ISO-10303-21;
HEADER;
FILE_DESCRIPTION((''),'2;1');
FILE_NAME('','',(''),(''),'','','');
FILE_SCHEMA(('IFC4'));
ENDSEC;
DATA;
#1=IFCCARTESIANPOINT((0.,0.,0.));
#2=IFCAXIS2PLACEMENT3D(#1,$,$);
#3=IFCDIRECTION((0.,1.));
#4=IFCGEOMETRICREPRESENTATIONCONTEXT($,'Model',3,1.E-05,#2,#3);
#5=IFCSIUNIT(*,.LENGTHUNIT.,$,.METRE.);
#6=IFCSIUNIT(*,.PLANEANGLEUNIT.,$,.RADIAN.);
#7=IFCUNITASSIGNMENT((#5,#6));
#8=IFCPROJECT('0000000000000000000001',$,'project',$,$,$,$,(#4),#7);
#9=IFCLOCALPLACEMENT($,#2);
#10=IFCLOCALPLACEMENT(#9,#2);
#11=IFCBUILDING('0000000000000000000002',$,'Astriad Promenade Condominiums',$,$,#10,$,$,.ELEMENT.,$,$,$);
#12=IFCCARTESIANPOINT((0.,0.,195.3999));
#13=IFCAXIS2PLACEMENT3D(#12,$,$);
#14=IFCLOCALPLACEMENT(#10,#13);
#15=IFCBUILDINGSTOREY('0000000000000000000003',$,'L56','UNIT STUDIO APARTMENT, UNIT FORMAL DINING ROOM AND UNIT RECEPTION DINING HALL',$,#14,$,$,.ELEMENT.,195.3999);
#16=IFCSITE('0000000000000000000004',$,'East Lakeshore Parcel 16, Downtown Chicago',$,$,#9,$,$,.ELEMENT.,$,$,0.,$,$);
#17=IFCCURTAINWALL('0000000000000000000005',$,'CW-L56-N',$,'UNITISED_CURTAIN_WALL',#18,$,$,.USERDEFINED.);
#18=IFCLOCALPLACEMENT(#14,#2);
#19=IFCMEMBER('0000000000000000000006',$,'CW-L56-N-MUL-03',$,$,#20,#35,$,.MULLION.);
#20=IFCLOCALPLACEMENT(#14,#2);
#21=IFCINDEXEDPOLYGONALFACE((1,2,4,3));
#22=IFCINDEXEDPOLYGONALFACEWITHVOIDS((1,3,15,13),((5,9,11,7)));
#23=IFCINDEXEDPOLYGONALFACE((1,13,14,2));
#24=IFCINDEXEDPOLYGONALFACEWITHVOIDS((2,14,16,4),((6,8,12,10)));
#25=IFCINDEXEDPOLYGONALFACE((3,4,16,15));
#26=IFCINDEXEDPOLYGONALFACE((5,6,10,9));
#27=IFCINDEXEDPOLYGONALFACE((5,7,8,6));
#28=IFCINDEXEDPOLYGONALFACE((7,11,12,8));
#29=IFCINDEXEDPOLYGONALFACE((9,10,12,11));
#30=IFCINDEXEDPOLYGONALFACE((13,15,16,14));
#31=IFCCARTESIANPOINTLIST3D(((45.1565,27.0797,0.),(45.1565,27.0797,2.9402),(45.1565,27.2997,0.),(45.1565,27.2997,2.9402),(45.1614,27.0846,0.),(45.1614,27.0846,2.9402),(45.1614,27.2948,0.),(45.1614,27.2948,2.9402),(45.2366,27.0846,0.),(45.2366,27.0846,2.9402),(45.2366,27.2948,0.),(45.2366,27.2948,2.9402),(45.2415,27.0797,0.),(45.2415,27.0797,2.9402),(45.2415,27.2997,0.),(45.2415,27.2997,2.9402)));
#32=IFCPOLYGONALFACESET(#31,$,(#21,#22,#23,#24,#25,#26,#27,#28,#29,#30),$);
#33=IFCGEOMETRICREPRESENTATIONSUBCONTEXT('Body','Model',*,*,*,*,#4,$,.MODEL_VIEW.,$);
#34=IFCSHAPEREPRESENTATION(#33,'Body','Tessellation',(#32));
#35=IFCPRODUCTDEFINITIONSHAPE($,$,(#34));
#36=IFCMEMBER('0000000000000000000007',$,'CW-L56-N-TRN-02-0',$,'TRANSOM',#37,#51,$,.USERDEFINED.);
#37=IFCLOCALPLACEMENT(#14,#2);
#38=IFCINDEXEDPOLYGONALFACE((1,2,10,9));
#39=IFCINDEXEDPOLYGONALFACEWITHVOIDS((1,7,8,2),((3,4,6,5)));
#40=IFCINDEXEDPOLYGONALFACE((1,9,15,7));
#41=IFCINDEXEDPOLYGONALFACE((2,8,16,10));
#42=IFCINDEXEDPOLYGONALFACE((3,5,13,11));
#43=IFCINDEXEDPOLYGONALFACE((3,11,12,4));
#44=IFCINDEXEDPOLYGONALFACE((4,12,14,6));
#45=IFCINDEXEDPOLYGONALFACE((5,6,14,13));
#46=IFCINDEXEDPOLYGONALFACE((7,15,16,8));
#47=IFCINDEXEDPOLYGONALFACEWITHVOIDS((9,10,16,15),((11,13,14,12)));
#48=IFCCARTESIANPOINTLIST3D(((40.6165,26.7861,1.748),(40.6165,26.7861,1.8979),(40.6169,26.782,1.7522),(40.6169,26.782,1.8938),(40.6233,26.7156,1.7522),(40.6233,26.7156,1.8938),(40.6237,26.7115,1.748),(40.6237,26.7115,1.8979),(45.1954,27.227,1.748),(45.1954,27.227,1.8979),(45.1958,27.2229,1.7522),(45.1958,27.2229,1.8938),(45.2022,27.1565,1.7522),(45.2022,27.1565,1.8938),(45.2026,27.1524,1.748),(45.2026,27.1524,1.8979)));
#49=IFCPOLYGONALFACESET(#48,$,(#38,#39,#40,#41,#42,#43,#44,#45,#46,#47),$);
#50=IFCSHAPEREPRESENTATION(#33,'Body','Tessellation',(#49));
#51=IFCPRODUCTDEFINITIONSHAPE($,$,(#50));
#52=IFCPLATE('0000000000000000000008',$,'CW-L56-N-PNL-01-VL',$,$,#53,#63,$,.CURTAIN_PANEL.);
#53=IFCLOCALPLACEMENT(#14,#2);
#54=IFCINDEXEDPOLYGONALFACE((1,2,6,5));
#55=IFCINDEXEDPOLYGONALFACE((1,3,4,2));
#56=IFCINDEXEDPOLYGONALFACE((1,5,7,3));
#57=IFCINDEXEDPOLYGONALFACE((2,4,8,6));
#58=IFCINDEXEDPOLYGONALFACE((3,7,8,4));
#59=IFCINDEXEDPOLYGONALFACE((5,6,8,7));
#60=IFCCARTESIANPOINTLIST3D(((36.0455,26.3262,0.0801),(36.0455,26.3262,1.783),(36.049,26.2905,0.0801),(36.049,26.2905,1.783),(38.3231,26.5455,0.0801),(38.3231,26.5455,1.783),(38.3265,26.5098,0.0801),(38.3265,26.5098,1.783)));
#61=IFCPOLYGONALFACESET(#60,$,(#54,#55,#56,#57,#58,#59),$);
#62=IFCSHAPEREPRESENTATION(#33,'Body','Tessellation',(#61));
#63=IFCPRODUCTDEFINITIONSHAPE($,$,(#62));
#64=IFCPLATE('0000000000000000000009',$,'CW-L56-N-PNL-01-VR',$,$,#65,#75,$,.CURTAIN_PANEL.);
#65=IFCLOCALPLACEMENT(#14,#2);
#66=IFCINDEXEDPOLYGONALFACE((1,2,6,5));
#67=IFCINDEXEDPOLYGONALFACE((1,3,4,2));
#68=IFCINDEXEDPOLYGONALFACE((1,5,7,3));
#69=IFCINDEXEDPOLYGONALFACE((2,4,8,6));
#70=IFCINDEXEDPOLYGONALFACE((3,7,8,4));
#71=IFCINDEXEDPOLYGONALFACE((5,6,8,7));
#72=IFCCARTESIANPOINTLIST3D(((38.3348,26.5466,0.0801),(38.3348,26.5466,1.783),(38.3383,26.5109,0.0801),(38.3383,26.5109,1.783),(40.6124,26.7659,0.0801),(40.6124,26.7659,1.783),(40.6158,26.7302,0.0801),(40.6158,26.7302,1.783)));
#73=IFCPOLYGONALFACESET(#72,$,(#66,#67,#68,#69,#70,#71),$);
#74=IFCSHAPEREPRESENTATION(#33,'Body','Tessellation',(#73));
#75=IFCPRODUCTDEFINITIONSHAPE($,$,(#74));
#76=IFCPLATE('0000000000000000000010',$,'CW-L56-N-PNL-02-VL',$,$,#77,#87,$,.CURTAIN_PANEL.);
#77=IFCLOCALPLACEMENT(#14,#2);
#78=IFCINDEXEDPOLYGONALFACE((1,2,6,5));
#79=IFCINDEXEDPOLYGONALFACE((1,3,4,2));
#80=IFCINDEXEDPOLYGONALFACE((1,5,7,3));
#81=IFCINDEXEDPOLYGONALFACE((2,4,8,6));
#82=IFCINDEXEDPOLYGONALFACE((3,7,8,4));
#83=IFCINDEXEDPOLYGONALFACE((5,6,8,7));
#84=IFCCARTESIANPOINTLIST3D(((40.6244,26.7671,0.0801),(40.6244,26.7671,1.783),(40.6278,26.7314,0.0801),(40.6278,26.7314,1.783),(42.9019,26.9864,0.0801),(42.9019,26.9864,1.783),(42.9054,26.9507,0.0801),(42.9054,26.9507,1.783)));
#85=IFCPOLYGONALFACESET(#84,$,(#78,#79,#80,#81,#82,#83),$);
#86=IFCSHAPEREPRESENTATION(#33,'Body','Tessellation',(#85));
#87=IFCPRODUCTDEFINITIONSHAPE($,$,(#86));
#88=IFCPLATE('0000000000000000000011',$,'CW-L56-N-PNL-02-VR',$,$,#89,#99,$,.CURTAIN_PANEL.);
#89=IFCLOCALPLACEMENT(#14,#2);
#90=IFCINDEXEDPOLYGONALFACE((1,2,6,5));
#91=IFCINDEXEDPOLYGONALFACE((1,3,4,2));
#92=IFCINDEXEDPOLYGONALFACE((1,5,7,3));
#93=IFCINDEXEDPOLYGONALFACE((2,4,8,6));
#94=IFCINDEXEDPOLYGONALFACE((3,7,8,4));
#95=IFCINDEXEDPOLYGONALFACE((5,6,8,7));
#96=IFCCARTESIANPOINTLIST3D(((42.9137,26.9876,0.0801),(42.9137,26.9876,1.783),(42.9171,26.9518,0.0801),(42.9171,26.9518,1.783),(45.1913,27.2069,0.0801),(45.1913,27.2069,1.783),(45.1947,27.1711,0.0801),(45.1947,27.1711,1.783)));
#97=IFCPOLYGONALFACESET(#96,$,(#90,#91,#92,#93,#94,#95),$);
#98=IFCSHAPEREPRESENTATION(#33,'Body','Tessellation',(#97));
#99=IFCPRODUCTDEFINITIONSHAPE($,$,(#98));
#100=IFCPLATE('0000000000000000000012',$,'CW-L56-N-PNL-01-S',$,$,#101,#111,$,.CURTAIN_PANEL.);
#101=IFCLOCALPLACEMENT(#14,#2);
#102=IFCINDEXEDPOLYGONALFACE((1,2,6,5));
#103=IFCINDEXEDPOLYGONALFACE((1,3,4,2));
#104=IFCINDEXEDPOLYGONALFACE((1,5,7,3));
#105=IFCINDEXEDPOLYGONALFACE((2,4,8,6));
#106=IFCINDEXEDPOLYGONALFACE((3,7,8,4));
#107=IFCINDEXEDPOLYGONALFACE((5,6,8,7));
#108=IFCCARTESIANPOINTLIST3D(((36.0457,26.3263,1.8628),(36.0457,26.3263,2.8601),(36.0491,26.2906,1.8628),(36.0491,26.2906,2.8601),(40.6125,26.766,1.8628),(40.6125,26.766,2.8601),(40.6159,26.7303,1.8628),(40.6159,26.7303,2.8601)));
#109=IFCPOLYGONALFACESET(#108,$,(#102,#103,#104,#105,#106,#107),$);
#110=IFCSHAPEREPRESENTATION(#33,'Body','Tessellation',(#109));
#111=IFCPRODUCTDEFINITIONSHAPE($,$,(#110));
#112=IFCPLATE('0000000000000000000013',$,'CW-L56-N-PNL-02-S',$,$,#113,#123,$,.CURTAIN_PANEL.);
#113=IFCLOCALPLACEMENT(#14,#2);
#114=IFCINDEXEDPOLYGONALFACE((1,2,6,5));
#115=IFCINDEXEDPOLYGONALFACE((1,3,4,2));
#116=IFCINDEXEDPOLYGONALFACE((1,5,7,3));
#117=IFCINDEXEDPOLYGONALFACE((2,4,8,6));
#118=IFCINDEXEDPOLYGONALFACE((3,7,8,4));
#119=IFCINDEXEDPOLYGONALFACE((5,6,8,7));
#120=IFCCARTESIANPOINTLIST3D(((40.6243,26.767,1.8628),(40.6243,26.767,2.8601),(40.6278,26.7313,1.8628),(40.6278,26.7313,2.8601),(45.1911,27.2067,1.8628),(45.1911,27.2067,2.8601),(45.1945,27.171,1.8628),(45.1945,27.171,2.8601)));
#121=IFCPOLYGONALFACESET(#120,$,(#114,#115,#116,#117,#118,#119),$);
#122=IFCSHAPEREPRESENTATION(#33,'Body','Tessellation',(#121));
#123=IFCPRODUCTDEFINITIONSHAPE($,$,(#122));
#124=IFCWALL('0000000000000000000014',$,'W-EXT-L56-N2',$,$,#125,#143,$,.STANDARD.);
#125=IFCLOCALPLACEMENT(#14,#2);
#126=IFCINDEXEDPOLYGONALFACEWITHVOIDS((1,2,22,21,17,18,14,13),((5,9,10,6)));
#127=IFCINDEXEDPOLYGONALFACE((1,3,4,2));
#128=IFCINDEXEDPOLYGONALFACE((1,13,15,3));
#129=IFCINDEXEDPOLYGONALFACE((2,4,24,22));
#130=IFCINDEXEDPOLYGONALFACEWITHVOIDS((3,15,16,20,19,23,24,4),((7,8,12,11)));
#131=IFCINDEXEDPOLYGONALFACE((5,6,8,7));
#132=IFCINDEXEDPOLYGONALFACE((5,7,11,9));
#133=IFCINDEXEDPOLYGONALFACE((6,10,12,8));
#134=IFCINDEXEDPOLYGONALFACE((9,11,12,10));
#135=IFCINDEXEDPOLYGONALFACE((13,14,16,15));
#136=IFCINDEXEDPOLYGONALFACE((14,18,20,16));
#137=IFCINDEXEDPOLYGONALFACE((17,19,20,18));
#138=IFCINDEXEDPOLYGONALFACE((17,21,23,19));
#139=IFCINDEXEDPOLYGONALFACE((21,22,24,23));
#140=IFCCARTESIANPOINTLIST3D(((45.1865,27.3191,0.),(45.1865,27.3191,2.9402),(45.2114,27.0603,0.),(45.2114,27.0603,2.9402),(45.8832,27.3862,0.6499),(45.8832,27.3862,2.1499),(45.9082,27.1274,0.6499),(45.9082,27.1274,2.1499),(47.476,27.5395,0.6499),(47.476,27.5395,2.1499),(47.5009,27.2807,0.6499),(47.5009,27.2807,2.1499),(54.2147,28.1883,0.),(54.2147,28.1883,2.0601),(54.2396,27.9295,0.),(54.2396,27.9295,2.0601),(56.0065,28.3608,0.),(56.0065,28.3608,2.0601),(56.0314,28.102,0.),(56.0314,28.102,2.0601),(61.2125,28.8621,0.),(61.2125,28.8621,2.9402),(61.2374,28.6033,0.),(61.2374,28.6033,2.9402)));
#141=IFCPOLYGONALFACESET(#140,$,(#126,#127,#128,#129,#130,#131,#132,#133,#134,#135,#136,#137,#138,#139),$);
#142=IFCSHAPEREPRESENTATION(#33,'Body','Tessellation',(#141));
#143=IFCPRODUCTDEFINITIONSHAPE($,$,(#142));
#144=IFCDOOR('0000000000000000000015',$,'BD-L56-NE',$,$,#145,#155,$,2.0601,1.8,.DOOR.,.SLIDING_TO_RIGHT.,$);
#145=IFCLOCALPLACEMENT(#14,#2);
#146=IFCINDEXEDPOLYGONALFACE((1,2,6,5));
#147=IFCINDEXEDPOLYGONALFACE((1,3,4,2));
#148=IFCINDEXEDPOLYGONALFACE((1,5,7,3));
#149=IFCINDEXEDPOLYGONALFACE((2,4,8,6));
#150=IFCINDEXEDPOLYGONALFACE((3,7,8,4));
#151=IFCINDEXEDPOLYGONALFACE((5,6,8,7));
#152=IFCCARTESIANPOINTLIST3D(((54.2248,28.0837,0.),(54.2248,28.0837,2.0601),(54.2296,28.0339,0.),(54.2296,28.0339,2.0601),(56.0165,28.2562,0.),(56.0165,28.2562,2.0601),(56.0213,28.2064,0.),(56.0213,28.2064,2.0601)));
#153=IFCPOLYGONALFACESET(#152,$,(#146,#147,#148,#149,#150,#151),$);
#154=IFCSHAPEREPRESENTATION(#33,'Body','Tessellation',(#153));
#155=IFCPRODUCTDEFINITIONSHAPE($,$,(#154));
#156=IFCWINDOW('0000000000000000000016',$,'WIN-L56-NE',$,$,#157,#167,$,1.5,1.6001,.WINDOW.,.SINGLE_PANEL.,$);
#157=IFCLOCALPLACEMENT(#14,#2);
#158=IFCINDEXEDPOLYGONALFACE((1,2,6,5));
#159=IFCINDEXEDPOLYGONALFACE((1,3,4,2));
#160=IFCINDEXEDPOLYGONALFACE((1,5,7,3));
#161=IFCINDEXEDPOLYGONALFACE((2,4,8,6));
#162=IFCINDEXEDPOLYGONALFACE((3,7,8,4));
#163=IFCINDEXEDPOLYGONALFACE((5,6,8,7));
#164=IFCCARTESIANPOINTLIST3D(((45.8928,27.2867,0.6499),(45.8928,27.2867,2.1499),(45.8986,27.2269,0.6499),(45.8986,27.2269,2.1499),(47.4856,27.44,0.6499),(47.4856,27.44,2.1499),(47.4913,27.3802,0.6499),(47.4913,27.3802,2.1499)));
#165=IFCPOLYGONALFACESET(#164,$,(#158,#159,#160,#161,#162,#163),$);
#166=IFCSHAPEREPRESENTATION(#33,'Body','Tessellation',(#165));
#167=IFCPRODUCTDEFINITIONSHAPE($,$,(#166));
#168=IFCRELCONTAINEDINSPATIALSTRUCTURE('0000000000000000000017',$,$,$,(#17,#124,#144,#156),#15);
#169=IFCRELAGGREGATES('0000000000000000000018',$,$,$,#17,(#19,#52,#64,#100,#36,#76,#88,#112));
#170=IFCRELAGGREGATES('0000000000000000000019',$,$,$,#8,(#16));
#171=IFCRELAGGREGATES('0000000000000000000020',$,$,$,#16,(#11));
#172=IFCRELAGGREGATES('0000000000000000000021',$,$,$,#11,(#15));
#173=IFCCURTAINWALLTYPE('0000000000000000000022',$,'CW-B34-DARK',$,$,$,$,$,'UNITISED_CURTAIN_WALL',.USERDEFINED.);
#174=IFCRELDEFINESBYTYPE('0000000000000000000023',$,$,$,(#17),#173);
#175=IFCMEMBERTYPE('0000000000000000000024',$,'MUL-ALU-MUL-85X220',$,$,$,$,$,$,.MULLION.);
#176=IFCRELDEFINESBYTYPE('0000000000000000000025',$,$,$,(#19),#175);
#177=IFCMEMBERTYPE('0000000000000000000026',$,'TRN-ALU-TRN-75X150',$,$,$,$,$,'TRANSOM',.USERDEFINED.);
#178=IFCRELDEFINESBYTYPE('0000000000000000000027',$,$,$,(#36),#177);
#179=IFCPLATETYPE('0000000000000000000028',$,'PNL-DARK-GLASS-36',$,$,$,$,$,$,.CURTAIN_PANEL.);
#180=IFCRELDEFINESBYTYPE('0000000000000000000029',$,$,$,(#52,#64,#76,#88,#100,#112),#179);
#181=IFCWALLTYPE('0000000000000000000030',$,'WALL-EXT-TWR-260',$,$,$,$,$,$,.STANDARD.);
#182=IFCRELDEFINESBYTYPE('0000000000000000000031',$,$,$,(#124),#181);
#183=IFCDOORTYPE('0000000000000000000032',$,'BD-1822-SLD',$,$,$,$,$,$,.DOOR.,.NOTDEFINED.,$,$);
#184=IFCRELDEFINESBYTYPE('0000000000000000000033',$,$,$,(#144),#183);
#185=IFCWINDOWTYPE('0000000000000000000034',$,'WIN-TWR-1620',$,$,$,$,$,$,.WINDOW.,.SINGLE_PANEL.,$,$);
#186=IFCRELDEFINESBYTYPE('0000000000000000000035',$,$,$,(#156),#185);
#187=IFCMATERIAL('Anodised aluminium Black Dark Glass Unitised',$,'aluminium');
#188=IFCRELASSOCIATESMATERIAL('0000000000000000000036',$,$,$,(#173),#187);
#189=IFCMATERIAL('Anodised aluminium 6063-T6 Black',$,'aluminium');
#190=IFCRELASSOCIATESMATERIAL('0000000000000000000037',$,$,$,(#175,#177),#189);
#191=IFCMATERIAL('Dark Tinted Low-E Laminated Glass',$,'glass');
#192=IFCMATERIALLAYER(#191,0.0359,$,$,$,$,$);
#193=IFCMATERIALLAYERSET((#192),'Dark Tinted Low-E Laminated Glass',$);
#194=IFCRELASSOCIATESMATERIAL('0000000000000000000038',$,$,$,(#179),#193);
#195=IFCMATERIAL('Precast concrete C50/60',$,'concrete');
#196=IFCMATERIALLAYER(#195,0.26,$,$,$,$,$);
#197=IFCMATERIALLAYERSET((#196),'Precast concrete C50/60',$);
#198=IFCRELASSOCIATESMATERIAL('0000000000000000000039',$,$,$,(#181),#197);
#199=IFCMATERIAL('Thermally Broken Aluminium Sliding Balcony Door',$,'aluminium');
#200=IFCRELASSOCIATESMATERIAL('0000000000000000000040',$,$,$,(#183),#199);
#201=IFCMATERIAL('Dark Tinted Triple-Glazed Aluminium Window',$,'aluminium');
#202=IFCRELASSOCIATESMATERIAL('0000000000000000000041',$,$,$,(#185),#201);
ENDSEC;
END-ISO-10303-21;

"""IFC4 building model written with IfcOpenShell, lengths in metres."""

from ifc_helpers import new_model, si_unit, direction, frame, frame_2d, origin, origin_2d, place, context, subcontext, project, spatial, rectangle, hollow_rectangle, extrude, source, transform, mapped, material, layer, layer_set, material_profile, profile_set, type_object, type_shapes, element, fill, aggregate, save


model = new_model("IFC4")

# Units and contexts
model_context = context("Model", 3, precision=1e-05, world=origin(), true_north=direction((0.0, 1.0)))
body_context = subcontext(model_context, "Body", "Model", "MODEL_VIEW")
ifc_project = project(units=[si_unit("LENGTHUNIT", "METRE"), si_unit("PLANEANGLEUNIT", "RADIAN")], contexts=[model_context])

# Site, building, storey
site_placement = place(None, origin())
site = spatial("IfcSite", under=ifc_project, at=site_placement, Name="East Lakeshore Parcel 16, Downtown Chicago", CompositionType="ELEMENT", RefElevation=0.0)
building_placement = place(site_placement, origin())
building = spatial("IfcBuilding", under=site, at=building_placement, Name="Astriad Promenade Condominiums", CompositionType="ELEMENT")
storey_placement = place(building_placement, frame((0.0, 0.0, 195.3999)))
storey = spatial("IfcBuildingStorey", under=building, at=storey_placement, Name="L56", Description="UNIT STUDIO APARTMENT, UNIT FORMAL DINING ROOM AND UNIT RECEPTION DINING HALL", CompositionType="ELEMENT", Elevation=195.3999)

# Curtain wall, members, plates
ifc_material_1 = material(Name="Anodised aluminium Black Dark Glass Unitised", Category="aluminium")
curtain_wall_type = type_object("IfcCurtainWallType", Name="CW-B34-DARK", ElementType="UNITISED_CURTAIN_WALL", PredefinedType="USERDEFINED", material=ifc_material_1)
curtain_wall_placement = place(storey_placement, origin())
curtain_wall = element("IfcCurtainWall", 1, at=curtain_wall_placement, inside=storey, type_object=curtain_wall_type, Name="CW-L56-N", ObjectType="UNITISED_CURTAIN_WALL", PredefinedType="USERDEFINED")
ifc_material_2 = material(Name="Anodised aluminium 6063-T6 Black", Category="aluminium")
ifc_material_profile_1 = material_profile(ifc_material_2, hollow_rectangle(XDim=0.085, YDim=0.22, WallThickness=0.0049, at=origin_2d()), Name="ALU-MUL-85X220")
ifc_profile_set_1 = profile_set([ifc_material_profile_1], Name="Anodised aluminium 6063-T6 Black")
member_type_1 = type_object("IfcMemberType", Name="MUL-ALU-MUL-85X220", PredefinedType="MULLION", material=ifc_profile_set_1)
shared_shape_1 = source(origin(), body_context, "Body", "SweptSolid", [
    extrude(hollow_rectangle(XDim=0.085, YDim=0.22, WallThickness=0.0049, at=origin_2d()), origin(), (0.0, 0.0, 1.0), 2.9402),
])
type_shapes(member_type_1, [shared_shape_1])
member_1_placement = place(storey_placement, frame((45.199, 27.1897, 0.0), z_axis=(0.0, 0.0, 1.0), x_axis=(1.0, 0.0, 0.0)))
member_1 = element("IfcMember", 2, at=member_1_placement, type_object=member_type_1, Name="CW-L56-N-MUL-03", PredefinedType="MULLION", context=body_context, shape_type="MappedRepresentation", body=[
    mapped(shared_shape_1, transform((0.0, 0.0, 0.0), scale=1.0)),
])
ifc_material_profile_2 = material_profile(ifc_material_2, hollow_rectangle(XDim=0.075, YDim=0.1499, WallThickness=0.0042, at=origin_2d()), Name="ALU-TRN-75X150")
ifc_profile_set_2 = profile_set([ifc_material_profile_2], Name="Anodised aluminium 6063-T6 Black")
member_type_2 = type_object("IfcMemberType", Name="TRN-ALU-TRN-75X150", ElementType="TRANSOM", PredefinedType="USERDEFINED", material=ifc_profile_set_2)
shared_shape_2 = source(origin(), body_context, "Body", "SweptSolid", [
    extrude(hollow_rectangle(XDim=0.075, YDim=0.1499, WallThickness=0.0042, at=origin_2d()), origin(), (0.0, 0.0, 1.0), 4.6001),
])
type_shapes(member_type_2, [shared_shape_2])
member_2_placement = place(storey_placement, frame((40.6201, 26.7488, 1.823), z_axis=(0.995396, 0.095851, 0.0), x_axis=(-0.095851, 0.995396, 0.0)))
member_2 = element("IfcMember", 3, at=member_2_placement, type_object=member_type_2, Name="CW-L56-N-TRN-02-0", ObjectType="TRANSOM", PredefinedType="USERDEFINED", context=body_context, shape_type="MappedRepresentation", body=[
    mapped(shared_shape_2, transform((0.0, 0.0, 0.0), scale=1.0)),
])
ifc_material_3 = material(Name="Dark Tinted Low-E Laminated Glass", Category="glass")
ifc_layer_1 = layer(ifc_material_3, 0.0359)
ifc_layer_set_1 = layer_set([ifc_layer_1], Name="Dark Tinted Low-E Laminated Glass")
plate_type = type_object("IfcPlateType", Name="PNL-DARK-GLASS-36", PredefinedType="CURTAIN_PANEL", material=ifc_layer_set_1)
shared_shape_3 = source(origin(), body_context, "Body", "SweptSolid", [
    extrude(rectangle(XDim=2.2881, YDim=0.0359, at=origin_2d()), origin(), (0.0, 0.0, 1.0), 1.7029),
])
plate_1_placement = place(storey_placement, frame((37.186, 26.418, 0.0801), z_axis=(0.0, 0.0, 1.0), x_axis=(0.995396, 0.095846, 0.0)))
plate_1 = element("IfcPlate", 4, at=plate_1_placement, type_object=plate_type, Name="CW-L56-N-PNL-01-VL", PredefinedType="CURTAIN_PANEL", context=body_context, shape_type="MappedRepresentation", body=[
    mapped(shared_shape_3, transform((0.0, 0.0, 0.0), scale=1.0)),
])
plate_2_placement = place(storey_placement, frame((39.4753, 26.6384, 0.0801), z_axis=(0.0, 0.0, 1.0), x_axis=(0.995396, 0.095846, 0.0)))
plate_2 = element("IfcPlate", 5, at=plate_2_placement, type_object=plate_type, Name="CW-L56-N-PNL-01-VR", PredefinedType="CURTAIN_PANEL", context=body_context, shape_type="MappedRepresentation", body=[
    mapped(shared_shape_3, transform((0.0, 0.0, 0.0), scale=1.0)),
])
plate_3_placement = place(storey_placement, frame((41.7649, 26.8589, 0.0801), z_axis=(0.0, 0.0, 1.0), x_axis=(0.995396, 0.095846, 0.0)))
plate_3 = element("IfcPlate", 6, at=plate_3_placement, type_object=plate_type, Name="CW-L56-N-PNL-02-VL", PredefinedType="CURTAIN_PANEL", context=body_context, shape_type="MappedRepresentation", body=[
    mapped(shared_shape_3, transform((0.0, 0.0, 0.0), scale=1.0)),
])
plate_4_placement = place(storey_placement, frame((44.0542, 27.0793, 0.0801), z_axis=(0.0, 0.0, 1.0), x_axis=(0.995396, 0.095846, 0.0)))
plate_4 = element("IfcPlate", 7, at=plate_4_placement, type_object=plate_type, Name="CW-L56-N-PNL-02-VR", PredefinedType="CURTAIN_PANEL", context=body_context, shape_type="MappedRepresentation", body=[
    mapped(shared_shape_3, transform((0.0, 0.0, 0.0), scale=1.0)),
])
shared_shape_4 = source(origin(), body_context, "Body", "SweptSolid", [
    extrude(rectangle(XDim=4.5879, YDim=0.0359, at=origin_2d()), origin(), (0.0, 0.0, 1.0), 0.9973),
])
type_shapes(plate_type, [shared_shape_3, shared_shape_4])
plate_5_placement = place(storey_placement, frame((38.3308, 26.5283, 1.8628), z_axis=(0.0, 0.0, 1.0), x_axis=(0.995396, 0.095846, 0.0)))
plate_5 = element("IfcPlate", 8, at=plate_5_placement, type_object=plate_type, Name="CW-L56-N-PNL-01-S", PredefinedType="CURTAIN_PANEL", context=body_context, shape_type="MappedRepresentation", body=[
    mapped(shared_shape_4, transform((0.0, 0.0, 0.0), scale=1.0)),
])
plate_6_placement = place(storey_placement, frame((42.9094, 26.969, 1.8628), z_axis=(0.0, 0.0, 1.0), x_axis=(0.995396, 0.095846, 0.0)))
plate_6 = element("IfcPlate", 9, at=plate_6_placement, type_object=plate_type, Name="CW-L56-N-PNL-02-S", PredefinedType="CURTAIN_PANEL", context=body_context, shape_type="MappedRepresentation", body=[
    mapped(shared_shape_4, transform((0.0, 0.0, 0.0), scale=1.0)),
])
aggregate(curtain_wall, [member_1, plate_1, plate_2, plate_5, member_2, plate_3, plate_4, plate_6])

# Wall, openings, door, window
ifc_material_4 = material(Name="Precast concrete C50/60", Category="concrete")
ifc_layer_2 = layer(ifc_material_4, 0.26)
ifc_layer_set_2 = layer_set([ifc_layer_2], Name="Precast concrete C50/60")
wall_type_1 = type_object("IfcWallType", Name="WALL-EXT-TWR-260", PredefinedType="STANDARD", material=ifc_layer_set_2)
wall_1_placement = place(storey_placement, frame((45.199, 27.1897, 0.0), z_axis=(0.0, 0.0, 1.0), x_axis=(0.995397, 0.095837, 0.0)))
wall_1 = element("IfcWall", 10, at=wall_1_placement, inside=storey, type_object=wall_type_1, Name="W-EXT-L56-N2", PredefinedType="STANDARD", context=body_context, shape_type="SweptSolid", body=[
    extrude(rectangle(XDim=16.1001, YDim=0.26, at=frame_2d((8.05, 0.0))), origin(), (0.0, 0.0, 1.0), 2.9402),
])
opening_1_placement = place(wall_1_placement, frame((9.0701, 0.0, 0.0)))
opening_1 = element("IfcOpeningElement", 11, at=opening_1_placement, cuts=wall_1, PredefinedType="OPENING", context=body_context, shape_type="SweptSolid", body=[
    extrude(rectangle(XDim=1.8, YDim=2.0601, at=frame_2d((0.8999, 1.03))), frame((0.0, 0.1399, 0.0), z_axis=(0.0, -1.0, 0.0), x_axis=(1.0, 0.0, 0.0)), (0.0, 0.0, 1.0), 0.28),
])
opening_2_placement = place(wall_1_placement, frame((0.7, 0.0, 0.6499)))
opening_2 = element("IfcOpeningElement", 12, at=opening_2_placement, cuts=wall_1, PredefinedType="OPENING", context=body_context, shape_type="SweptSolid", body=[
    extrude(rectangle(XDim=1.6001, YDim=1.5, at=frame_2d((0.8, 0.75))), frame((0.0, 0.1399, 0.0), z_axis=(0.0, -1.0, 0.0), x_axis=(1.0, 0.0, 0.0)), (0.0, 0.0, 1.0), 0.28),
])
ifc_material_5 = material(Name="Thermally Broken Aluminium Sliding Balcony Door", Category="aluminium")
door_type_1 = type_object("IfcDoorType", Name="BD-1822-SLD", OperationType="NOTDEFINED", PredefinedType="DOOR", material=ifc_material_5)
shared_shape_5 = source(origin(), body_context, "Body", "SweptSolid", [
    extrude(rectangle(XDim=1.8, YDim=2.0601, at=frame_2d((0.8999, 1.03))), frame((0.0, 0.0249, 0.0), z_axis=(0.0, -1.0, 0.0), x_axis=(1.0, 0.0, 0.0)), (0.0, 0.0, 1.0), 0.05),
])
type_shapes(door_type_1, [shared_shape_5])
door_1_placement = place(opening_1_placement, origin())
door_1 = element("IfcDoor", 13, at=door_1_placement, inside=storey, type_object=door_type_1, Name="BD-L56-NE", OperationType="SLIDING_TO_RIGHT", OverallHeight=2.0601, OverallWidth=1.8, PredefinedType="DOOR", context=body_context, shape_type="MappedRepresentation", body=[
    mapped(shared_shape_5, transform((0.0, 0.0, 0.0), scale=1.0)),
])
fill(opening_1, door_1)
ifc_material_6 = material(Name="Dark Tinted Triple-Glazed Aluminium Window", Category="aluminium")
window_type = type_object("IfcWindowType", Name="WIN-TWR-1620", PartitioningType="SINGLE_PANEL", PredefinedType="WINDOW", material=ifc_material_6)
shared_shape_6 = source(origin(), body_context, "Body", "SweptSolid", [
    extrude(rectangle(XDim=1.6001, YDim=1.5, at=frame_2d((0.8, 0.75))), frame((0.0, 0.03, 0.0), z_axis=(0.0, -1.0, 0.0), x_axis=(1.0, 0.0, 0.0)), (0.0, 0.0, 1.0), 0.0601),
])
type_shapes(window_type, [shared_shape_6])
window_placement = place(opening_2_placement, origin())
window = element("IfcWindow", 14, at=window_placement, inside=storey, type_object=window_type, Name="WIN-L56-NE", OverallHeight=1.5, OverallWidth=1.6001, PartitioningType="SINGLE_PANEL", PredefinedType="WINDOW", context=body_context, shape_type="MappedRepresentation", body=[
    mapped(shared_shape_6, transform((0.0, 0.0, 0.0), scale=1.0)),
])
fill(opening_2, window)

save(model, "model.ifc")
